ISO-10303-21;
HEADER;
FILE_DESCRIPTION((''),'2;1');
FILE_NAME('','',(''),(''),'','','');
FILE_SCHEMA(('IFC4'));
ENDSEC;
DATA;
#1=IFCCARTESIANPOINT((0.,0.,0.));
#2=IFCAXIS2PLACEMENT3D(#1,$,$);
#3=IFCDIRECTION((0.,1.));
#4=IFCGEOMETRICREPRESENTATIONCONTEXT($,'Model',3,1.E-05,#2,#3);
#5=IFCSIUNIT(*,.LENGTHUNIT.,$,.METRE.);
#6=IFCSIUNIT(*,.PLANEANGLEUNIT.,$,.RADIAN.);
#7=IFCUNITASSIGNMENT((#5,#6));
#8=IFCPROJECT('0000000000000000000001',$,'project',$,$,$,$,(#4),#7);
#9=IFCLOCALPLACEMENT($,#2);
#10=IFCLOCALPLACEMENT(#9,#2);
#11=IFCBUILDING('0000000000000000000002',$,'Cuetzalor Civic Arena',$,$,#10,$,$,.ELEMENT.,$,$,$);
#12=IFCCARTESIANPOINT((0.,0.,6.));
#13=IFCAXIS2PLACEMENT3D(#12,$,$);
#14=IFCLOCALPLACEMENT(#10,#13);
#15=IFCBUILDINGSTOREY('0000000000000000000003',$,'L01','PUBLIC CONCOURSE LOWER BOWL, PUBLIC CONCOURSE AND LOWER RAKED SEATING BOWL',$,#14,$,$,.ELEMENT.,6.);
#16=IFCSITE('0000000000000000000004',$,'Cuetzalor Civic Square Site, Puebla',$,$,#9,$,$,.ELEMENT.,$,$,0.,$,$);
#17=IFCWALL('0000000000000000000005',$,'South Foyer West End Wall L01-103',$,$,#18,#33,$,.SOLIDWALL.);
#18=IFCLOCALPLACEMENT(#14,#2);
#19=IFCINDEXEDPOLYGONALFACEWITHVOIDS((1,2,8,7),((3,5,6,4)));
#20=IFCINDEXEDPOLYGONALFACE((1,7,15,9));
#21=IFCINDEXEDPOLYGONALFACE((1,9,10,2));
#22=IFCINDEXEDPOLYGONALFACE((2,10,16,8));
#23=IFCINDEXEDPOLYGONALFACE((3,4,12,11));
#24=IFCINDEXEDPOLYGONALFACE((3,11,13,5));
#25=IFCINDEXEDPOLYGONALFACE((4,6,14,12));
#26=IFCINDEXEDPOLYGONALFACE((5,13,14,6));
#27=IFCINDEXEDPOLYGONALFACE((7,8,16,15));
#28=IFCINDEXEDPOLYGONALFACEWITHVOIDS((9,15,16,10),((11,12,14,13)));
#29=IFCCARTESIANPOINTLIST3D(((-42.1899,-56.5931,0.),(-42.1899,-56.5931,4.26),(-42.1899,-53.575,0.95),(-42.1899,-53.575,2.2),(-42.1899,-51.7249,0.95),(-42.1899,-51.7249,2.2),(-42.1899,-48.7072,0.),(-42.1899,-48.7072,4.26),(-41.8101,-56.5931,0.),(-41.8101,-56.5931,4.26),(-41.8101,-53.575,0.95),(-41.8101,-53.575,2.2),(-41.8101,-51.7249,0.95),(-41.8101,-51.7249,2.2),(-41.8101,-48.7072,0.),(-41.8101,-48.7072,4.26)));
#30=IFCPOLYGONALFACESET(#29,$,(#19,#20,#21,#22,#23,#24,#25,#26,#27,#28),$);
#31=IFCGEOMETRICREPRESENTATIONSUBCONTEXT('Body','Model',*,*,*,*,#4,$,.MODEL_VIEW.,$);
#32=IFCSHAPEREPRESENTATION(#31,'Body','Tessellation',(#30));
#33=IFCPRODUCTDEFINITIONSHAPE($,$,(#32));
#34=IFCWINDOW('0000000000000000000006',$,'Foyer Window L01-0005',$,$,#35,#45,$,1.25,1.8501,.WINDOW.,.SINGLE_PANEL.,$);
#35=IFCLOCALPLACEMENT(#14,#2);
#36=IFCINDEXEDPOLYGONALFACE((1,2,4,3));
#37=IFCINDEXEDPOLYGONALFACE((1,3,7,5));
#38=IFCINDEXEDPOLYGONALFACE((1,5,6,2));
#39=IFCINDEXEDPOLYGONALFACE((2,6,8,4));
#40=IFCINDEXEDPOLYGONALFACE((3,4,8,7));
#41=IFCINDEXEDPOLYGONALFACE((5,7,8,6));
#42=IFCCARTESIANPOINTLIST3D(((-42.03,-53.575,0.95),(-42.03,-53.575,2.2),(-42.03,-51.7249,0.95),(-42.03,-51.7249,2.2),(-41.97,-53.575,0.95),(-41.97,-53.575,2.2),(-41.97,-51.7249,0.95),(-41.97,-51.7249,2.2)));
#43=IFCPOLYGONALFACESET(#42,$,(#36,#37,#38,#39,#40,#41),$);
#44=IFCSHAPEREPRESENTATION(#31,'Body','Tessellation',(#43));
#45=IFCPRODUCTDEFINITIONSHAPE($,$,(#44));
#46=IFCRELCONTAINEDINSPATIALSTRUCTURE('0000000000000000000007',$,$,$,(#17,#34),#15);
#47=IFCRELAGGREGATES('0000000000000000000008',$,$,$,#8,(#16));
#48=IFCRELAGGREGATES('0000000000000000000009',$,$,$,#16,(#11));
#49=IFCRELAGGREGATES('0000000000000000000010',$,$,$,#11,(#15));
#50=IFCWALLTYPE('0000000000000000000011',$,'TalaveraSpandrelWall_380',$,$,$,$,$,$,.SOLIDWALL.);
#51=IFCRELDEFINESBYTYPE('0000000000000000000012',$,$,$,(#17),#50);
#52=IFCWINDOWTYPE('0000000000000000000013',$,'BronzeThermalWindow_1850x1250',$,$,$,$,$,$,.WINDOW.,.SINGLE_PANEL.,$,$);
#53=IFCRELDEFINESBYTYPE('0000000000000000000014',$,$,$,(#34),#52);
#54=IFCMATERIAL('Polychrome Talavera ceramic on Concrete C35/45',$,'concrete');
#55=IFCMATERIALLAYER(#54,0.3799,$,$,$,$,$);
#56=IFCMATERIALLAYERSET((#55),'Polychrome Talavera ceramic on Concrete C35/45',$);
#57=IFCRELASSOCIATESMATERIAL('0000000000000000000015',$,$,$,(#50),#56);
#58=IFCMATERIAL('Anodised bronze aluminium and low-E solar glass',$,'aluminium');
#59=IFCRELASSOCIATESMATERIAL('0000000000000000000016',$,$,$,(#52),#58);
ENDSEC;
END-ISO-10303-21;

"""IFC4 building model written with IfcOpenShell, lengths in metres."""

from ifc_helpers import new_model, si_unit, direction, frame, frame_2d, origin, place, context, subcontext, project, spatial, rectangle, extrude, material, layer, layer_set, type_object, element, fill, save


model = new_model("IFC4")

# Units and contexts
model_context = context("Model", 3, precision=1e-05, world=origin(), true_north=direction((0.0, 1.0)))
body_context = subcontext(model_context, "Body", "Model", "MODEL_VIEW")
ifc_project = project(units=[si_unit("LENGTHUNIT", "METRE"), si_unit("PLANEANGLEUNIT", "RADIAN")], contexts=[model_context])

# Site, building, storey
site_placement = place(None, origin())
site = spatial("IfcSite", under=ifc_project, at=site_placement, Name="Cuetzalor Civic Square Site, Puebla", CompositionType="ELEMENT", RefElevation=0.0)
building_placement = place(site_placement, origin())
building = spatial("IfcBuilding", under=site, at=building_placement, Name="Cuetzalor Civic Arena", CompositionType="ELEMENT")
storey_placement = place(building_placement, frame((0.0, 0.0, 6.0)))
storey = spatial("IfcBuildingStorey", under=building, at=storey_placement, Name="L01", Description="PUBLIC CONCOURSE LOWER BOWL, PUBLIC CONCOURSE AND LOWER RAKED SEATING BOWL", CompositionType="ELEMENT", Elevation=6.0)

# Wall, opening, window
ifc_material_1 = material(Name="Polychrome Talavera ceramic on Concrete C35/45", Category="concrete")
ifc_layer = layer(ifc_material_1, 0.3799)
ifc_layer_set = layer_set([ifc_layer], Name="Polychrome Talavera ceramic on Concrete C35/45")
wall_type = type_object("IfcWallType", Name="TalaveraSpandrelWall_380", PredefinedType="SOLIDWALL", material=ifc_layer_set)
wall_1_placement = place(storey_placement, frame((-42.0, -56.593, 0.0), z_axis=(0.0, 0.0, 1.0), x_axis=(0.0, 1.0, 0.0)))
wall_1 = element("IfcWall", 1, at=wall_1_placement, inside=storey, type_object=wall_type, Name="South Foyer West End Wall L01-103", PredefinedType="SOLIDWALL", context=body_context, shape_type="SweptSolid", body=[
    extrude(rectangle(XDim=7.886, YDim=0.3799, at=frame_2d((3.9429, 0.0))), origin(), (0.0, 0.0, 1.0), 4.26),
])
opening_1_placement = place(wall_1_placement, frame((3.0181, 0.0, 0.95)))
opening_1 = element("IfcOpeningElement", 2, at=opening_1_placement, cuts=wall_1, PredefinedType="OPENING", context=body_context, shape_type="SweptSolid", body=[
    extrude(rectangle(XDim=1.8501, YDim=1.25, at=frame_2d((0.925, 0.625))), frame((0.0, 0.2, 0.0), z_axis=(0.0, -1.0, 0.0), x_axis=(1.0, 0.0, 0.0)), (0.0, 0.0, 1.0), 0.3999),
])
ifc_material_2 = material(Name="Anodised bronze aluminium and low-E solar glass", Category="aluminium")
window_type_1 = type_object("IfcWindowType", Name="BronzeThermalWindow_1850x1250", PartitioningType="SINGLE_PANEL", PredefinedType="WINDOW", material=ifc_material_2)
window_1_placement = place(opening_1_placement, origin())
window_1 = element("IfcWindow", 3, at=window_1_placement, inside=storey, type_object=window_type_1, Name="Foyer Window L01-0005", OverallHeight=1.25, OverallWidth=1.8501, PartitioningType="SINGLE_PANEL", PredefinedType="WINDOW", context=body_context, shape_type="SweptSolid", body=[
    extrude(rectangle(XDim=1.8501, YDim=1.25, at=frame_2d((0.925, 0.625))), frame((0.0, 0.03, 0.0), z_axis=(0.0, -1.0, 0.0), x_axis=(1.0, 0.0, 0.0)), (0.0, 0.0, 1.0), 0.0601),
])
fill(opening_1, window_1)

save(model, "model.ifc")
